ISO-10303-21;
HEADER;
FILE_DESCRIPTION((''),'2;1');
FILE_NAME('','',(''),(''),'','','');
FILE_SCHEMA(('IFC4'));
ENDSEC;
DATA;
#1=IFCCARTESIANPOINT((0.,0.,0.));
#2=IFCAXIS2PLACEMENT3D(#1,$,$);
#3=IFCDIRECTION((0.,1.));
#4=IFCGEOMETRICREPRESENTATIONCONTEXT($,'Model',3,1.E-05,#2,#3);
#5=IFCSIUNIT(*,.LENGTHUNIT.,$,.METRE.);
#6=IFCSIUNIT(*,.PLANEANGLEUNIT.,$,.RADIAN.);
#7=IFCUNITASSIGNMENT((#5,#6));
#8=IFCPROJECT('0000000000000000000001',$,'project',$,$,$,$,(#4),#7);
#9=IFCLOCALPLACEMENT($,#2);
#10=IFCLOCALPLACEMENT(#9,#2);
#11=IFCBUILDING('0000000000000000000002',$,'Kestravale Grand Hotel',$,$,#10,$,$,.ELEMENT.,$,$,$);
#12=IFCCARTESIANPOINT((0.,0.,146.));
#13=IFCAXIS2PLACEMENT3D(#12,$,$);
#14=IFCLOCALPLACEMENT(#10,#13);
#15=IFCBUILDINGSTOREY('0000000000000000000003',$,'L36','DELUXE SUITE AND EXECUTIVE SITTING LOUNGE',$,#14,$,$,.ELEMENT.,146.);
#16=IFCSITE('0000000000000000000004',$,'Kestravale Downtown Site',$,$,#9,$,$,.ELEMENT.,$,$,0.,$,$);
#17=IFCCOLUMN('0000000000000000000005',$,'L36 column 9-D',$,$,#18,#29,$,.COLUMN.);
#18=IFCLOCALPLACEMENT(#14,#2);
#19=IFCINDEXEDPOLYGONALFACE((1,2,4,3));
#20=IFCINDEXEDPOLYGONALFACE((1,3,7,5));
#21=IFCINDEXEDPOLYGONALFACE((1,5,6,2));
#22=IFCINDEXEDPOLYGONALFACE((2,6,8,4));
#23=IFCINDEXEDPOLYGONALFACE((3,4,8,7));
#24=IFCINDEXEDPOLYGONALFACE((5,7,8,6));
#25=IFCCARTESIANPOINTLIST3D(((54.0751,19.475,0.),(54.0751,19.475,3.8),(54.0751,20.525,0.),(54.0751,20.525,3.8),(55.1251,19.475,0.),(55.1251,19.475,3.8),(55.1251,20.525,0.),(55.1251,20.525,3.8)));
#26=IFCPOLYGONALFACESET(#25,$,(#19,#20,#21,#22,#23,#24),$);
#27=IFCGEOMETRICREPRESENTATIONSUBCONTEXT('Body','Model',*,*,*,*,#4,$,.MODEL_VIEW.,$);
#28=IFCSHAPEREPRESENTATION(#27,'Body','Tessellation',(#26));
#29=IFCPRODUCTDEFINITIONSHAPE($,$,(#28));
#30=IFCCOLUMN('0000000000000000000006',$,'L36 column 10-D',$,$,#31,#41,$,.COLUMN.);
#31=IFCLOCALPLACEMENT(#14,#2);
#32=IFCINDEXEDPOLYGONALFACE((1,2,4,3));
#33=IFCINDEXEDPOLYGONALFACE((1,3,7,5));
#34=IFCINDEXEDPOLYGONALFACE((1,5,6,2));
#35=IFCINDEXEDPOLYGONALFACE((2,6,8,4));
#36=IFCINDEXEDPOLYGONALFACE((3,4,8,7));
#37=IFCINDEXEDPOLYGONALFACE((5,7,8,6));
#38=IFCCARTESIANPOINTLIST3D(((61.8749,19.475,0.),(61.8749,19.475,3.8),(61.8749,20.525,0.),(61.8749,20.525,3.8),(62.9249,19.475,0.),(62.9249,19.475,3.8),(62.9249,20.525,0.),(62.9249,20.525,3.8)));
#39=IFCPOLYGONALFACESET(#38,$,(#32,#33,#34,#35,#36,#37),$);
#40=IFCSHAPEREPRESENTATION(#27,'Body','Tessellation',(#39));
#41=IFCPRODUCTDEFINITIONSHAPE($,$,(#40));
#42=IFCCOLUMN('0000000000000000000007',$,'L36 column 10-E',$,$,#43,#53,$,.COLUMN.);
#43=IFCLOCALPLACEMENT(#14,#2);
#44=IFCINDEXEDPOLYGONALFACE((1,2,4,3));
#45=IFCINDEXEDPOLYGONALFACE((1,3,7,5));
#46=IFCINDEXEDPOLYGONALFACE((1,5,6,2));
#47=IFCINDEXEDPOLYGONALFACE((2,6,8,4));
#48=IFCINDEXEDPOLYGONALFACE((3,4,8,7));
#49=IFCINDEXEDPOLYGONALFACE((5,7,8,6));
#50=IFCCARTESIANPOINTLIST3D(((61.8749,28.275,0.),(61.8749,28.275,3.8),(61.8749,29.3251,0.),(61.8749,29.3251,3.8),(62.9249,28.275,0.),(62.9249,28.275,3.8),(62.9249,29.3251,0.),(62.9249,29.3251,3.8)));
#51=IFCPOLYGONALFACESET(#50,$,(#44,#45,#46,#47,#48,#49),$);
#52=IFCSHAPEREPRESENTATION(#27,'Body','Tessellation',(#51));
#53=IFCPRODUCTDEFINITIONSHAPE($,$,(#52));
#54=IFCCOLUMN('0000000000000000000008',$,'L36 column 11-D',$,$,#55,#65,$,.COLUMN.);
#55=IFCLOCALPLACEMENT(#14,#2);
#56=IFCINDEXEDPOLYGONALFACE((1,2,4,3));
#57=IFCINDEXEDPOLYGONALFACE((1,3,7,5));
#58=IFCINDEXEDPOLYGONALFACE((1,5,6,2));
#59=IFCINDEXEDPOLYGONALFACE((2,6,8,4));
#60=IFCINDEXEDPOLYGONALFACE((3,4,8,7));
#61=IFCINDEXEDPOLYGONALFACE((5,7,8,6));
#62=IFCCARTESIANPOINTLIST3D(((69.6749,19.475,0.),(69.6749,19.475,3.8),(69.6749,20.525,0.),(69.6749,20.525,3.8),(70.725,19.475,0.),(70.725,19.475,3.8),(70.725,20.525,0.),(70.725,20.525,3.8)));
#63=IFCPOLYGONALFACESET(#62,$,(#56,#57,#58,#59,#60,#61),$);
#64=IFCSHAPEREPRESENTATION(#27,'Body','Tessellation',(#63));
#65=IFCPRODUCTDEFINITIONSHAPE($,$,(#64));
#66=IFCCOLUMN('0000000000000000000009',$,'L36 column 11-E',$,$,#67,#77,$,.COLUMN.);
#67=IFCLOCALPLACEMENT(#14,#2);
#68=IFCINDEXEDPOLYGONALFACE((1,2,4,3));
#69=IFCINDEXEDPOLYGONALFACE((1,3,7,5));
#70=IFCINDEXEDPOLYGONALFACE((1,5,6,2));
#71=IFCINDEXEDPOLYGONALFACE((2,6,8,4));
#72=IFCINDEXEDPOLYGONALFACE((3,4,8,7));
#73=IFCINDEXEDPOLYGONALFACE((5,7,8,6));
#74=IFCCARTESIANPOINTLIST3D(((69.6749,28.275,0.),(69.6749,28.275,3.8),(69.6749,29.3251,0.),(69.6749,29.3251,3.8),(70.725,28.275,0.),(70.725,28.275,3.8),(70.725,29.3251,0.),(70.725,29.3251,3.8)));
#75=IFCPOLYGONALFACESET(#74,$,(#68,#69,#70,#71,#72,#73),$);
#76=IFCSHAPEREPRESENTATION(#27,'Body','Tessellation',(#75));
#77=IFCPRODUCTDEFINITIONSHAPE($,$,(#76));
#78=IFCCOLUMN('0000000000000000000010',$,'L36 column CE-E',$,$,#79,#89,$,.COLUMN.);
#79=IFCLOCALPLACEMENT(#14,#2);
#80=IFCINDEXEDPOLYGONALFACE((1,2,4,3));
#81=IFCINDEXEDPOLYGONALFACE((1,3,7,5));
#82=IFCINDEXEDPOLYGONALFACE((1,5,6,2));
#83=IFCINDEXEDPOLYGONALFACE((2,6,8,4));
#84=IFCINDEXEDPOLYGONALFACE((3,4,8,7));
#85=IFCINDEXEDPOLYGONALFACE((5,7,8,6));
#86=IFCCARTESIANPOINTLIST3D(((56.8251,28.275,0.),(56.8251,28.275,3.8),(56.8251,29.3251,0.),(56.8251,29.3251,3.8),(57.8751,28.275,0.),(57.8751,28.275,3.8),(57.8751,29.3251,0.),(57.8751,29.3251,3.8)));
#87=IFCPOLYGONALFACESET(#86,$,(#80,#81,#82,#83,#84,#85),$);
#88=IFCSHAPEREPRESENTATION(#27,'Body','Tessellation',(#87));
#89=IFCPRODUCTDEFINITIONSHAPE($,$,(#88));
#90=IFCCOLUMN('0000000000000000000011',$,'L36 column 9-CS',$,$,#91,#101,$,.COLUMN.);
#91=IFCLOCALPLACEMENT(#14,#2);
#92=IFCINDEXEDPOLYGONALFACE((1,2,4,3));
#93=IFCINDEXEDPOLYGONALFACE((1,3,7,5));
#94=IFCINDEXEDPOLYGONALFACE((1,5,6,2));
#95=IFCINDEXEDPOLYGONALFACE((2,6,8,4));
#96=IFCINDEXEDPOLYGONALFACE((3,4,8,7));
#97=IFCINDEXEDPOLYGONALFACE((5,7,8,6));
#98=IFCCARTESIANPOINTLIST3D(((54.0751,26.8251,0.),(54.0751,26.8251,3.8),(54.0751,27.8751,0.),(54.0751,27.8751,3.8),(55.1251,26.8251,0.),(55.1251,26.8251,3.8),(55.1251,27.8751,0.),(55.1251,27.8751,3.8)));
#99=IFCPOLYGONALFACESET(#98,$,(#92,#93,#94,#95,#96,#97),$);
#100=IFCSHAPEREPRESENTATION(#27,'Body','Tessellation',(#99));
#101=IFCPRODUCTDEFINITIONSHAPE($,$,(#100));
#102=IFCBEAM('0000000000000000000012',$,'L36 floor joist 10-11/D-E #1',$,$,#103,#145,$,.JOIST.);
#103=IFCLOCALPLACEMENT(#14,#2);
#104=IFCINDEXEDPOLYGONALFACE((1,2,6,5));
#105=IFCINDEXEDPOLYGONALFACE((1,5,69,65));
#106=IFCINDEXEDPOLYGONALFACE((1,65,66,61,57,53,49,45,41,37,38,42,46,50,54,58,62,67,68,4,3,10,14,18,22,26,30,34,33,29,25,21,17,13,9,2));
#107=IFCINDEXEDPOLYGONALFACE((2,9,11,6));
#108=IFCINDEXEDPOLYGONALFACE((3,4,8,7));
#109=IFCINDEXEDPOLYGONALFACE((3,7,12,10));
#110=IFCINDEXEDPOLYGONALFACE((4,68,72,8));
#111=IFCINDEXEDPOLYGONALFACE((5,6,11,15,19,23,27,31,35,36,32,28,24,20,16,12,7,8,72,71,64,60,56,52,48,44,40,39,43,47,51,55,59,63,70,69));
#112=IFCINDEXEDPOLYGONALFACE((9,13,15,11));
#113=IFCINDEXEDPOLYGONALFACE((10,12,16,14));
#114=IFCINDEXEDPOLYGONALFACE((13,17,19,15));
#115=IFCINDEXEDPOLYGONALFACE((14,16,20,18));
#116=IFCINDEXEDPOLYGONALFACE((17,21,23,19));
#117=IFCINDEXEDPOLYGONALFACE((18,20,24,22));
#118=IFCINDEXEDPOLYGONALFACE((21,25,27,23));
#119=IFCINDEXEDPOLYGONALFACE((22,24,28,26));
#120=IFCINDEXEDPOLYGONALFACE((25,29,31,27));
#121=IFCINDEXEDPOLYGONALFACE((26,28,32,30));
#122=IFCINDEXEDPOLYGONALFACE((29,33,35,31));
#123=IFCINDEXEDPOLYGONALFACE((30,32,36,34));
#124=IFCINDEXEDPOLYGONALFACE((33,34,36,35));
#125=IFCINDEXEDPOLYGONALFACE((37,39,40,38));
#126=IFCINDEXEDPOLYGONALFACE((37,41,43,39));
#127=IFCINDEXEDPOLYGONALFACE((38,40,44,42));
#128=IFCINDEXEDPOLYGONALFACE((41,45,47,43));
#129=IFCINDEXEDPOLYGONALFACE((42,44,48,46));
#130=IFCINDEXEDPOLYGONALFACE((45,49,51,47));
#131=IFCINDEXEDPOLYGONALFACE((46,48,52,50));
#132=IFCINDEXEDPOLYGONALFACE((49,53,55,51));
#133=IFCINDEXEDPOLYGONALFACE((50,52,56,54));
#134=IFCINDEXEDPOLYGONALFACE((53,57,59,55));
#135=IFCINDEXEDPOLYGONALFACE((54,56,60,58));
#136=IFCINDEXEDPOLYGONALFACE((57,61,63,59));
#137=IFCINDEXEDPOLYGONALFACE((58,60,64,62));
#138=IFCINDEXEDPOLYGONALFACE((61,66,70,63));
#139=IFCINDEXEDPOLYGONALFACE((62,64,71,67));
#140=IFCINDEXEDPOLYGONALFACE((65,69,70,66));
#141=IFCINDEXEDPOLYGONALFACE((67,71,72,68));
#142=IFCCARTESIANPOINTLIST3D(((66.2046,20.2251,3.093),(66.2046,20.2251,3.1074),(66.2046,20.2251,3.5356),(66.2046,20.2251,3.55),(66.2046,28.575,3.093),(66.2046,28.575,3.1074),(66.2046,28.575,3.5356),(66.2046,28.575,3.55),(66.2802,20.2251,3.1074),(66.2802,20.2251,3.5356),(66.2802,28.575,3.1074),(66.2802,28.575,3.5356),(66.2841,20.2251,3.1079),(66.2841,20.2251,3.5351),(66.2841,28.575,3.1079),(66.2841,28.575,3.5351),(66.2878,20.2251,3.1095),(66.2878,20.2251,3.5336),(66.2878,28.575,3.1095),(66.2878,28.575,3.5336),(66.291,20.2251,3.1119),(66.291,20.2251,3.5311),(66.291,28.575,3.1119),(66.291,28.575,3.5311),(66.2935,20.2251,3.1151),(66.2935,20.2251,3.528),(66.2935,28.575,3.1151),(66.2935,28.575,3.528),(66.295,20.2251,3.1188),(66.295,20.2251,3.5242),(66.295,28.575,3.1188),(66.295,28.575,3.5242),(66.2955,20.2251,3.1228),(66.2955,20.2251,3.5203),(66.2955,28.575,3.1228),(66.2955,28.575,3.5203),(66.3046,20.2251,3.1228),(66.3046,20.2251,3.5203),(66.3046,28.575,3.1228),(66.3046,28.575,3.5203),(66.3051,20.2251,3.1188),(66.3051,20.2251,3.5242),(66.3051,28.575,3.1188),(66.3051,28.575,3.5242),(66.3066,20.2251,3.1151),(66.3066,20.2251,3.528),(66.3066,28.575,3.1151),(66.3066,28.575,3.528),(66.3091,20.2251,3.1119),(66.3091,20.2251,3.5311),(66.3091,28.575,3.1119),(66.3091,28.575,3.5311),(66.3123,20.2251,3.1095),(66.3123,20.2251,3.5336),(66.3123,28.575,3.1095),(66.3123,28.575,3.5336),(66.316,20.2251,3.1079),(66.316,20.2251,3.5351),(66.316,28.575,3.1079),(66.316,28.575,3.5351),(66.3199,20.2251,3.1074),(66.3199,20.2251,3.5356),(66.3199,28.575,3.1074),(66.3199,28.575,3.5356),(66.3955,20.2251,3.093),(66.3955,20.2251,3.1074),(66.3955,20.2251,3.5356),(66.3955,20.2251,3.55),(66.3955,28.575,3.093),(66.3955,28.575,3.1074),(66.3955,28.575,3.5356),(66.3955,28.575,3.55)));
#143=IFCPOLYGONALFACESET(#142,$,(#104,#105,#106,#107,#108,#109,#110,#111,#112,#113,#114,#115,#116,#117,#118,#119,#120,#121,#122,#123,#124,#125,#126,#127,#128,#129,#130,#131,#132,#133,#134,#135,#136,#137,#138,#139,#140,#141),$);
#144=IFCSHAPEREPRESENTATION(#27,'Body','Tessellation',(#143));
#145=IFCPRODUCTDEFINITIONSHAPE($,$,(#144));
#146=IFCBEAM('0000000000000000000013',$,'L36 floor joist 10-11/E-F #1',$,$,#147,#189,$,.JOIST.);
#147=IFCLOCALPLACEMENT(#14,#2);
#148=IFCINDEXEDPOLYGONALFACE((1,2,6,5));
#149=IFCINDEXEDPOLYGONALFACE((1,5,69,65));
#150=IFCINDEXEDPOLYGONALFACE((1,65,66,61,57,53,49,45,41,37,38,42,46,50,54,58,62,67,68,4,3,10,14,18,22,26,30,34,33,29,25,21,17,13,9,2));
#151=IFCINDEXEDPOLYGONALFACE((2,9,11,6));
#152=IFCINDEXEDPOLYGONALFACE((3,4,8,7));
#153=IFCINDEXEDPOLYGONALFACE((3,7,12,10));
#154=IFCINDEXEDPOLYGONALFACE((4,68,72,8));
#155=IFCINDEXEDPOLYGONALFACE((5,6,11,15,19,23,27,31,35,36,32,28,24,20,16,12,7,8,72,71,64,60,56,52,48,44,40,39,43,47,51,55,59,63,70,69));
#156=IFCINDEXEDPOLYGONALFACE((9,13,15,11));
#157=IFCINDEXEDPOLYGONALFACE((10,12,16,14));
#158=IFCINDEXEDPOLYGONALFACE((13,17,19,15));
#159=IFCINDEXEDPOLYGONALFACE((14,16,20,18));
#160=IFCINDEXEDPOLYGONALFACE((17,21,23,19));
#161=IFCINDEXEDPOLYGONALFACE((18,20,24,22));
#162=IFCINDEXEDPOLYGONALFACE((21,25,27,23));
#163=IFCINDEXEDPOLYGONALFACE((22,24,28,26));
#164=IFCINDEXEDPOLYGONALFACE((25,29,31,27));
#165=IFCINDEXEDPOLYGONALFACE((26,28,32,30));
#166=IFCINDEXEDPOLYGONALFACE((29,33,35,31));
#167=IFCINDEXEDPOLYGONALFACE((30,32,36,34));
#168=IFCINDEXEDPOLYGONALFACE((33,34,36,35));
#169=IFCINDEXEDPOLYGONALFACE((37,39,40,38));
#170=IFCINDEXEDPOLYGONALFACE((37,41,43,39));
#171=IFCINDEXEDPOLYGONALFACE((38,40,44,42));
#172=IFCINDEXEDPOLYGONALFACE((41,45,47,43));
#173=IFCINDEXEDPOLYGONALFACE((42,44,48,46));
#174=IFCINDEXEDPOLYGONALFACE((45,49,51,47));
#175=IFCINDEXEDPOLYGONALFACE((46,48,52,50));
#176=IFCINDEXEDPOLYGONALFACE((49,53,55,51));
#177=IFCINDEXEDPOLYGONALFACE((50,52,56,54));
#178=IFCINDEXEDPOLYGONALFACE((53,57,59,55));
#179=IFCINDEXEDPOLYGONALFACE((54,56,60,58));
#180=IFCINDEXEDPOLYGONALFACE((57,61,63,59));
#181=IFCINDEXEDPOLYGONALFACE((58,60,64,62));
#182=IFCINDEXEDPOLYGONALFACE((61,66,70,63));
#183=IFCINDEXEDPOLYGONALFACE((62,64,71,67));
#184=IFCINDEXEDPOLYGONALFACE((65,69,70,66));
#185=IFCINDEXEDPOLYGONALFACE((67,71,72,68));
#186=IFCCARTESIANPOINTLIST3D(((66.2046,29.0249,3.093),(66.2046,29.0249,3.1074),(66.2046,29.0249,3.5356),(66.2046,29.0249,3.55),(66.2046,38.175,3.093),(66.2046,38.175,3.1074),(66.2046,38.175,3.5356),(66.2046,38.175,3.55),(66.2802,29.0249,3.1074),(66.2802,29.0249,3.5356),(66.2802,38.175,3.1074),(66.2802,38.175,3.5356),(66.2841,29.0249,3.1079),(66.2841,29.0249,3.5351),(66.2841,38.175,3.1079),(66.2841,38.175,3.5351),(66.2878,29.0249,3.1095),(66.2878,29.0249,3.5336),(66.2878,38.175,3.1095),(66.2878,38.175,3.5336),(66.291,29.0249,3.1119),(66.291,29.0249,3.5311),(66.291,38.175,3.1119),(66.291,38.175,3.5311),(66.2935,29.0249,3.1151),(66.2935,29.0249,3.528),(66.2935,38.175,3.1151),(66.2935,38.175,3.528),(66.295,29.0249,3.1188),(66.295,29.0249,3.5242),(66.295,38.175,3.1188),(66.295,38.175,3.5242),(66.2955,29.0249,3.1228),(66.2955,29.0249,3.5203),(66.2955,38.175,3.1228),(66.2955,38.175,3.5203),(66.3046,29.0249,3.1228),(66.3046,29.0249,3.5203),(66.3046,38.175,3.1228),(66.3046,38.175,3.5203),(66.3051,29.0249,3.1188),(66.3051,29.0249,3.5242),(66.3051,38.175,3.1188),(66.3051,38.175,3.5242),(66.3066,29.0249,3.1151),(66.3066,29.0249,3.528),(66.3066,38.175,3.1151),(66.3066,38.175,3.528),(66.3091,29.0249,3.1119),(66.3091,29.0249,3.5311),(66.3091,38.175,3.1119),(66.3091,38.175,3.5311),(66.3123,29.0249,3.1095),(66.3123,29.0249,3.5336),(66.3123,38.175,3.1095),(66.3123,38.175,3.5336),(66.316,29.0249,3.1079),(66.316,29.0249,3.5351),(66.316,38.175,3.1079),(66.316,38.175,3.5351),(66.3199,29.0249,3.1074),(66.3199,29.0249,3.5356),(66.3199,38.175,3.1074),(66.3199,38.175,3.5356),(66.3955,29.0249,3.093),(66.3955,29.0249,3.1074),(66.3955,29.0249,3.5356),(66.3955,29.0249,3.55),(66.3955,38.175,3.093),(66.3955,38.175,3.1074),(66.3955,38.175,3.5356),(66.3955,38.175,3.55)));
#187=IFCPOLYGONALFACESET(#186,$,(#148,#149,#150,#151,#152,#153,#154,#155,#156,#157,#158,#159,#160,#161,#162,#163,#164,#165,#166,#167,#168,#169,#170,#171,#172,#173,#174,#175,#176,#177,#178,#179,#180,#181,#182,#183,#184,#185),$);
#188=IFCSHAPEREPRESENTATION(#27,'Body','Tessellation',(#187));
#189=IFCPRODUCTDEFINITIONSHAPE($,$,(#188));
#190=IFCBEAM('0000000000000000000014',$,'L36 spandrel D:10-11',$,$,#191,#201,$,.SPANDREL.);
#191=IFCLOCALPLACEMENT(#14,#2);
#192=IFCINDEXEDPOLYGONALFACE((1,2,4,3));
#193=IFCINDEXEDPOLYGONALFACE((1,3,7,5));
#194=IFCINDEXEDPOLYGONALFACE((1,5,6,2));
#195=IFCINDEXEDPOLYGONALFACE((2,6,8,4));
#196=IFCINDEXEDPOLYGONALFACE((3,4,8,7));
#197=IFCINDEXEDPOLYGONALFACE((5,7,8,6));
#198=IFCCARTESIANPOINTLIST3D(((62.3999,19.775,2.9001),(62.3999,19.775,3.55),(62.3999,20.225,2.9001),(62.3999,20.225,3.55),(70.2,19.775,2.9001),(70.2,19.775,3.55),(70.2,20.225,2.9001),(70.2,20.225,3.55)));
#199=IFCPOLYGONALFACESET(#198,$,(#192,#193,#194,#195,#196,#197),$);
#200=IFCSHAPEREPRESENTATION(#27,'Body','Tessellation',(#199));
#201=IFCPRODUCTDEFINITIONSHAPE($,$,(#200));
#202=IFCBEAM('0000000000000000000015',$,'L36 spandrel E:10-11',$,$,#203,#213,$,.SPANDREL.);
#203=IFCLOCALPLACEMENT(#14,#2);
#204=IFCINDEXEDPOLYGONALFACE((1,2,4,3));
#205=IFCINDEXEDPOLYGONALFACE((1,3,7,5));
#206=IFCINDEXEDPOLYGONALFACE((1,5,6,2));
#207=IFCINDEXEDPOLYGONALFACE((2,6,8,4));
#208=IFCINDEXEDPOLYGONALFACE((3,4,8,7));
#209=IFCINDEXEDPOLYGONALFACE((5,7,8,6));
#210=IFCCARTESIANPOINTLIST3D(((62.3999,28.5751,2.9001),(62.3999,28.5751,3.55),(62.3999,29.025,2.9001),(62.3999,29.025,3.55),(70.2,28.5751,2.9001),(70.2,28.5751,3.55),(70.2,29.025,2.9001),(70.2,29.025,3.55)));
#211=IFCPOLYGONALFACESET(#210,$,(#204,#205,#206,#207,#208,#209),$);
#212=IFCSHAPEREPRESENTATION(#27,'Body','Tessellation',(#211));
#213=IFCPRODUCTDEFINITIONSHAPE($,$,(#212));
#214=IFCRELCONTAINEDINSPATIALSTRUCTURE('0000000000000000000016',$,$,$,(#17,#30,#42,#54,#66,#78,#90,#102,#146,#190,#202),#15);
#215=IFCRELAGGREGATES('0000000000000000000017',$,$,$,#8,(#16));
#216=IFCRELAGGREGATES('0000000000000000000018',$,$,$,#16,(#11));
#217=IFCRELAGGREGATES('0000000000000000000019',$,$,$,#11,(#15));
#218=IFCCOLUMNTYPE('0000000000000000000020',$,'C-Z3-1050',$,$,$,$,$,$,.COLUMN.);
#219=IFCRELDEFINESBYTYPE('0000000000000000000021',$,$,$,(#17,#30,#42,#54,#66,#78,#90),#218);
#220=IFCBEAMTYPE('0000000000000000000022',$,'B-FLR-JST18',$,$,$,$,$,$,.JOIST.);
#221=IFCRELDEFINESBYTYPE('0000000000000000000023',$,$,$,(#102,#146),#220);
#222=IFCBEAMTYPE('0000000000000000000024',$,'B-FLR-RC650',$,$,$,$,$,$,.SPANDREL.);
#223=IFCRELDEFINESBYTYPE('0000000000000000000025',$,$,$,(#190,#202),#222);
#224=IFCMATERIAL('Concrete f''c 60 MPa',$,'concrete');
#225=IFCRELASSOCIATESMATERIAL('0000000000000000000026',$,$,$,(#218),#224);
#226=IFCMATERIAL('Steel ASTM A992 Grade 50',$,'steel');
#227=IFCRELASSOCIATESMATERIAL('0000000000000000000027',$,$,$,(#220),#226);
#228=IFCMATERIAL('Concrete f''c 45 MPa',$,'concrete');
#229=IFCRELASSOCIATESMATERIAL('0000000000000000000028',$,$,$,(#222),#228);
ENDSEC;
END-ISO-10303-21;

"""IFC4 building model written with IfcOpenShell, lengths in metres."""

from ifc_helpers import new_model, si_unit, direction, frame, origin, origin_2d, place, context, subcontext, project, spatial, rectangle, i_section, extrude, material, material_profile, profile_set, type_object, element, save


model = new_model("IFC4")

# Units and contexts
model_context = context("Model", 3, precision=1e-05, world=origin(), true_north=direction((0.0, 1.0)))
body_context = subcontext(model_context, "Body", "Model", "MODEL_VIEW")
ifc_project = project(units=[si_unit("LENGTHUNIT", "METRE"), si_unit("PLANEANGLEUNIT", "RADIAN")], contexts=[model_context])

# Site, building, storey
site_placement = place(None, origin())
site = spatial("IfcSite", under=ifc_project, at=site_placement, Name="Kestravale Downtown Site", CompositionType="ELEMENT", RefElevation=0.0)
building_placement = place(site_placement, origin())
building = spatial("IfcBuilding", under=site, at=building_placement, Name="Kestravale Grand Hotel", CompositionType="ELEMENT")
storey_placement = place(building_placement, frame((0.0, 0.0, 146.0)))
storey = spatial("IfcBuildingStorey", under=building, at=storey_placement, Name="L36", Description="DELUXE SUITE AND EXECUTIVE SITTING LOUNGE", CompositionType="ELEMENT", Elevation=146.0)

# Columns
ifc_material_1 = material(Name="Concrete f'c 60 MPa", Category="concrete")
ifc_material_profile_1 = material_profile(ifc_material_1, rectangle(XDim=1.05, YDim=1.05, at=origin_2d()))
ifc_profile_set_1 = profile_set([ifc_material_profile_1], Name="Concrete f'c 60 MPa")
column_type = type_object("IfcColumnType", Name="C-Z3-1050", PredefinedType="COLUMN", material=ifc_profile_set_1)
for number, where, z_axis, x_axis, name in (
    (1, (54.6001, 20.0, 0.0), (0.0, 0.0, 1.0), (1.0, 0.0, 0.0), "L36 column 9-D"),
    (2, (62.3999, 20.0, 0.0), (0.0, 0.0, 1.0), (1.0, 0.0, 0.0), "L36 column 10-D"),
    (3, (62.3999, 28.8, 0.0), (0.0, 0.0, 1.0), (1.0, 0.0, 0.0), "L36 column 10-E"),
    (4, (70.2, 20.0, 0.0), (0.0, 0.0, 1.0), (1.0, 0.0, 0.0), "L36 column 11-D"),
    (5, (70.2, 28.8, 0.0), (0.0, 0.0, 1.0), (1.0, 0.0, 0.0), "L36 column 11-E"),
    (6, (57.3501, 28.8, 0.0), (0.0, 0.0, 1.0), (1.0, 0.0, 0.0), "L36 column CE-E"),
    (7, (54.6001, 27.3501, 0.0), (0.0, 0.0, 1.0), (1.0, 0.0, 0.0), "L36 column 9-CS"),
):
    element("IfcColumn", number, at=place(storey_placement, frame(where, z_axis=z_axis, x_axis=x_axis)), inside=storey, type_object=column_type, Name=name, PredefinedType="COLUMN", context=body_context, shape_type="SweptSolid", body=[
        extrude(rectangle(XDim=1.05, YDim=1.05, at=origin_2d()), origin(), (0.0, 0.0, 1.0), 3.8),
    ])

# Beams
ifc_material_2 = material(Name="Steel ASTM A992 Grade 50", Category="steel")
ifc_material_profile_2 = material_profile(ifc_material_2, i_section(OverallWidth=0.1909, OverallDepth=0.457, WebThickness=0.009, FlangeThickness=0.0144, FilletRadius=0.0154, at=origin_2d()))
ifc_profile_set_2 = profile_set([ifc_material_profile_2], Name="Steel ASTM A992 Grade 50")
beam_type_1 = type_object("IfcBeamType", Name="B-FLR-JST18", PredefinedType="JOIST", material=ifc_profile_set_2)
beam_1_placement = place(storey_placement, frame((66.3, 20.2251, 3.3215), z_axis=(0.0, 1.0, 0.0), x_axis=(-1.0, 0.0, 0.0)))
element("IfcBeam", 8, at=beam_1_placement, inside=storey, type_object=beam_type_1, Name="L36 floor joist 10-11/D-E #1", PredefinedType="JOIST", context=body_context, shape_type="SweptSolid", body=[
    extrude(i_section(OverallWidth=0.1909, OverallDepth=0.457, WebThickness=0.009, FlangeThickness=0.0144, FilletRadius=0.0154, at=origin_2d()), origin(), (0.0, 0.0, 1.0), 8.3499),
])
beam_2_placement = place(storey_placement, frame((66.3, 29.0249, 3.3215), z_axis=(0.0, 1.0, 0.0), x_axis=(-1.0, 0.0, 0.0)))
element("IfcBeam", 9, at=beam_2_placement, inside=storey, type_object=beam_type_1, Name="L36 floor joist 10-11/E-F #1", PredefinedType="JOIST", context=body_context, shape_type="SweptSolid", body=[
    extrude(i_section(OverallWidth=0.1909, OverallDepth=0.457, WebThickness=0.009, FlangeThickness=0.0144, FilletRadius=0.0154, at=origin_2d()), origin(), (0.0, 0.0, 1.0), 9.1501),
])
ifc_material_3 = material(Name="Concrete f'c 45 MPa", Category="concrete")
ifc_material_profile_3 = material_profile(ifc_material_3, rectangle(XDim=0.45, YDim=0.6499, at=origin_2d()))
ifc_profile_set_3 = profile_set([ifc_material_profile_3], Name="Concrete f'c 45 MPa")
beam_type_2 = type_object("IfcBeamType", Name="B-FLR-RC650", PredefinedType="SPANDREL", material=ifc_profile_set_3)
for number, where, z_axis, x_axis, name in (
    (10, (62.3999, 20.0, 3.2251), (1.0, 0.0, 0.0), (0.0, 1.0, 0.0), "L36 spandrel D:10-11"),
    (11, (62.3999, 28.8, 3.2251), (1.0, 0.0, 0.0), (0.0, 1.0, 0.0), "L36 spandrel E:10-11"),
):
    element("IfcBeam", number, at=place(storey_placement, frame(where, z_axis=z_axis, x_axis=x_axis)), inside=storey, type_object=beam_type_2, Name=name, PredefinedType="SPANDREL", context=body_context, shape_type="SweptSolid", body=[
        extrude(rectangle(XDim=0.45, YDim=0.6499, at=origin_2d()), origin(), (0.0, 0.0, 1.0), 7.8),
    ])

save(model, "model.ifc")
